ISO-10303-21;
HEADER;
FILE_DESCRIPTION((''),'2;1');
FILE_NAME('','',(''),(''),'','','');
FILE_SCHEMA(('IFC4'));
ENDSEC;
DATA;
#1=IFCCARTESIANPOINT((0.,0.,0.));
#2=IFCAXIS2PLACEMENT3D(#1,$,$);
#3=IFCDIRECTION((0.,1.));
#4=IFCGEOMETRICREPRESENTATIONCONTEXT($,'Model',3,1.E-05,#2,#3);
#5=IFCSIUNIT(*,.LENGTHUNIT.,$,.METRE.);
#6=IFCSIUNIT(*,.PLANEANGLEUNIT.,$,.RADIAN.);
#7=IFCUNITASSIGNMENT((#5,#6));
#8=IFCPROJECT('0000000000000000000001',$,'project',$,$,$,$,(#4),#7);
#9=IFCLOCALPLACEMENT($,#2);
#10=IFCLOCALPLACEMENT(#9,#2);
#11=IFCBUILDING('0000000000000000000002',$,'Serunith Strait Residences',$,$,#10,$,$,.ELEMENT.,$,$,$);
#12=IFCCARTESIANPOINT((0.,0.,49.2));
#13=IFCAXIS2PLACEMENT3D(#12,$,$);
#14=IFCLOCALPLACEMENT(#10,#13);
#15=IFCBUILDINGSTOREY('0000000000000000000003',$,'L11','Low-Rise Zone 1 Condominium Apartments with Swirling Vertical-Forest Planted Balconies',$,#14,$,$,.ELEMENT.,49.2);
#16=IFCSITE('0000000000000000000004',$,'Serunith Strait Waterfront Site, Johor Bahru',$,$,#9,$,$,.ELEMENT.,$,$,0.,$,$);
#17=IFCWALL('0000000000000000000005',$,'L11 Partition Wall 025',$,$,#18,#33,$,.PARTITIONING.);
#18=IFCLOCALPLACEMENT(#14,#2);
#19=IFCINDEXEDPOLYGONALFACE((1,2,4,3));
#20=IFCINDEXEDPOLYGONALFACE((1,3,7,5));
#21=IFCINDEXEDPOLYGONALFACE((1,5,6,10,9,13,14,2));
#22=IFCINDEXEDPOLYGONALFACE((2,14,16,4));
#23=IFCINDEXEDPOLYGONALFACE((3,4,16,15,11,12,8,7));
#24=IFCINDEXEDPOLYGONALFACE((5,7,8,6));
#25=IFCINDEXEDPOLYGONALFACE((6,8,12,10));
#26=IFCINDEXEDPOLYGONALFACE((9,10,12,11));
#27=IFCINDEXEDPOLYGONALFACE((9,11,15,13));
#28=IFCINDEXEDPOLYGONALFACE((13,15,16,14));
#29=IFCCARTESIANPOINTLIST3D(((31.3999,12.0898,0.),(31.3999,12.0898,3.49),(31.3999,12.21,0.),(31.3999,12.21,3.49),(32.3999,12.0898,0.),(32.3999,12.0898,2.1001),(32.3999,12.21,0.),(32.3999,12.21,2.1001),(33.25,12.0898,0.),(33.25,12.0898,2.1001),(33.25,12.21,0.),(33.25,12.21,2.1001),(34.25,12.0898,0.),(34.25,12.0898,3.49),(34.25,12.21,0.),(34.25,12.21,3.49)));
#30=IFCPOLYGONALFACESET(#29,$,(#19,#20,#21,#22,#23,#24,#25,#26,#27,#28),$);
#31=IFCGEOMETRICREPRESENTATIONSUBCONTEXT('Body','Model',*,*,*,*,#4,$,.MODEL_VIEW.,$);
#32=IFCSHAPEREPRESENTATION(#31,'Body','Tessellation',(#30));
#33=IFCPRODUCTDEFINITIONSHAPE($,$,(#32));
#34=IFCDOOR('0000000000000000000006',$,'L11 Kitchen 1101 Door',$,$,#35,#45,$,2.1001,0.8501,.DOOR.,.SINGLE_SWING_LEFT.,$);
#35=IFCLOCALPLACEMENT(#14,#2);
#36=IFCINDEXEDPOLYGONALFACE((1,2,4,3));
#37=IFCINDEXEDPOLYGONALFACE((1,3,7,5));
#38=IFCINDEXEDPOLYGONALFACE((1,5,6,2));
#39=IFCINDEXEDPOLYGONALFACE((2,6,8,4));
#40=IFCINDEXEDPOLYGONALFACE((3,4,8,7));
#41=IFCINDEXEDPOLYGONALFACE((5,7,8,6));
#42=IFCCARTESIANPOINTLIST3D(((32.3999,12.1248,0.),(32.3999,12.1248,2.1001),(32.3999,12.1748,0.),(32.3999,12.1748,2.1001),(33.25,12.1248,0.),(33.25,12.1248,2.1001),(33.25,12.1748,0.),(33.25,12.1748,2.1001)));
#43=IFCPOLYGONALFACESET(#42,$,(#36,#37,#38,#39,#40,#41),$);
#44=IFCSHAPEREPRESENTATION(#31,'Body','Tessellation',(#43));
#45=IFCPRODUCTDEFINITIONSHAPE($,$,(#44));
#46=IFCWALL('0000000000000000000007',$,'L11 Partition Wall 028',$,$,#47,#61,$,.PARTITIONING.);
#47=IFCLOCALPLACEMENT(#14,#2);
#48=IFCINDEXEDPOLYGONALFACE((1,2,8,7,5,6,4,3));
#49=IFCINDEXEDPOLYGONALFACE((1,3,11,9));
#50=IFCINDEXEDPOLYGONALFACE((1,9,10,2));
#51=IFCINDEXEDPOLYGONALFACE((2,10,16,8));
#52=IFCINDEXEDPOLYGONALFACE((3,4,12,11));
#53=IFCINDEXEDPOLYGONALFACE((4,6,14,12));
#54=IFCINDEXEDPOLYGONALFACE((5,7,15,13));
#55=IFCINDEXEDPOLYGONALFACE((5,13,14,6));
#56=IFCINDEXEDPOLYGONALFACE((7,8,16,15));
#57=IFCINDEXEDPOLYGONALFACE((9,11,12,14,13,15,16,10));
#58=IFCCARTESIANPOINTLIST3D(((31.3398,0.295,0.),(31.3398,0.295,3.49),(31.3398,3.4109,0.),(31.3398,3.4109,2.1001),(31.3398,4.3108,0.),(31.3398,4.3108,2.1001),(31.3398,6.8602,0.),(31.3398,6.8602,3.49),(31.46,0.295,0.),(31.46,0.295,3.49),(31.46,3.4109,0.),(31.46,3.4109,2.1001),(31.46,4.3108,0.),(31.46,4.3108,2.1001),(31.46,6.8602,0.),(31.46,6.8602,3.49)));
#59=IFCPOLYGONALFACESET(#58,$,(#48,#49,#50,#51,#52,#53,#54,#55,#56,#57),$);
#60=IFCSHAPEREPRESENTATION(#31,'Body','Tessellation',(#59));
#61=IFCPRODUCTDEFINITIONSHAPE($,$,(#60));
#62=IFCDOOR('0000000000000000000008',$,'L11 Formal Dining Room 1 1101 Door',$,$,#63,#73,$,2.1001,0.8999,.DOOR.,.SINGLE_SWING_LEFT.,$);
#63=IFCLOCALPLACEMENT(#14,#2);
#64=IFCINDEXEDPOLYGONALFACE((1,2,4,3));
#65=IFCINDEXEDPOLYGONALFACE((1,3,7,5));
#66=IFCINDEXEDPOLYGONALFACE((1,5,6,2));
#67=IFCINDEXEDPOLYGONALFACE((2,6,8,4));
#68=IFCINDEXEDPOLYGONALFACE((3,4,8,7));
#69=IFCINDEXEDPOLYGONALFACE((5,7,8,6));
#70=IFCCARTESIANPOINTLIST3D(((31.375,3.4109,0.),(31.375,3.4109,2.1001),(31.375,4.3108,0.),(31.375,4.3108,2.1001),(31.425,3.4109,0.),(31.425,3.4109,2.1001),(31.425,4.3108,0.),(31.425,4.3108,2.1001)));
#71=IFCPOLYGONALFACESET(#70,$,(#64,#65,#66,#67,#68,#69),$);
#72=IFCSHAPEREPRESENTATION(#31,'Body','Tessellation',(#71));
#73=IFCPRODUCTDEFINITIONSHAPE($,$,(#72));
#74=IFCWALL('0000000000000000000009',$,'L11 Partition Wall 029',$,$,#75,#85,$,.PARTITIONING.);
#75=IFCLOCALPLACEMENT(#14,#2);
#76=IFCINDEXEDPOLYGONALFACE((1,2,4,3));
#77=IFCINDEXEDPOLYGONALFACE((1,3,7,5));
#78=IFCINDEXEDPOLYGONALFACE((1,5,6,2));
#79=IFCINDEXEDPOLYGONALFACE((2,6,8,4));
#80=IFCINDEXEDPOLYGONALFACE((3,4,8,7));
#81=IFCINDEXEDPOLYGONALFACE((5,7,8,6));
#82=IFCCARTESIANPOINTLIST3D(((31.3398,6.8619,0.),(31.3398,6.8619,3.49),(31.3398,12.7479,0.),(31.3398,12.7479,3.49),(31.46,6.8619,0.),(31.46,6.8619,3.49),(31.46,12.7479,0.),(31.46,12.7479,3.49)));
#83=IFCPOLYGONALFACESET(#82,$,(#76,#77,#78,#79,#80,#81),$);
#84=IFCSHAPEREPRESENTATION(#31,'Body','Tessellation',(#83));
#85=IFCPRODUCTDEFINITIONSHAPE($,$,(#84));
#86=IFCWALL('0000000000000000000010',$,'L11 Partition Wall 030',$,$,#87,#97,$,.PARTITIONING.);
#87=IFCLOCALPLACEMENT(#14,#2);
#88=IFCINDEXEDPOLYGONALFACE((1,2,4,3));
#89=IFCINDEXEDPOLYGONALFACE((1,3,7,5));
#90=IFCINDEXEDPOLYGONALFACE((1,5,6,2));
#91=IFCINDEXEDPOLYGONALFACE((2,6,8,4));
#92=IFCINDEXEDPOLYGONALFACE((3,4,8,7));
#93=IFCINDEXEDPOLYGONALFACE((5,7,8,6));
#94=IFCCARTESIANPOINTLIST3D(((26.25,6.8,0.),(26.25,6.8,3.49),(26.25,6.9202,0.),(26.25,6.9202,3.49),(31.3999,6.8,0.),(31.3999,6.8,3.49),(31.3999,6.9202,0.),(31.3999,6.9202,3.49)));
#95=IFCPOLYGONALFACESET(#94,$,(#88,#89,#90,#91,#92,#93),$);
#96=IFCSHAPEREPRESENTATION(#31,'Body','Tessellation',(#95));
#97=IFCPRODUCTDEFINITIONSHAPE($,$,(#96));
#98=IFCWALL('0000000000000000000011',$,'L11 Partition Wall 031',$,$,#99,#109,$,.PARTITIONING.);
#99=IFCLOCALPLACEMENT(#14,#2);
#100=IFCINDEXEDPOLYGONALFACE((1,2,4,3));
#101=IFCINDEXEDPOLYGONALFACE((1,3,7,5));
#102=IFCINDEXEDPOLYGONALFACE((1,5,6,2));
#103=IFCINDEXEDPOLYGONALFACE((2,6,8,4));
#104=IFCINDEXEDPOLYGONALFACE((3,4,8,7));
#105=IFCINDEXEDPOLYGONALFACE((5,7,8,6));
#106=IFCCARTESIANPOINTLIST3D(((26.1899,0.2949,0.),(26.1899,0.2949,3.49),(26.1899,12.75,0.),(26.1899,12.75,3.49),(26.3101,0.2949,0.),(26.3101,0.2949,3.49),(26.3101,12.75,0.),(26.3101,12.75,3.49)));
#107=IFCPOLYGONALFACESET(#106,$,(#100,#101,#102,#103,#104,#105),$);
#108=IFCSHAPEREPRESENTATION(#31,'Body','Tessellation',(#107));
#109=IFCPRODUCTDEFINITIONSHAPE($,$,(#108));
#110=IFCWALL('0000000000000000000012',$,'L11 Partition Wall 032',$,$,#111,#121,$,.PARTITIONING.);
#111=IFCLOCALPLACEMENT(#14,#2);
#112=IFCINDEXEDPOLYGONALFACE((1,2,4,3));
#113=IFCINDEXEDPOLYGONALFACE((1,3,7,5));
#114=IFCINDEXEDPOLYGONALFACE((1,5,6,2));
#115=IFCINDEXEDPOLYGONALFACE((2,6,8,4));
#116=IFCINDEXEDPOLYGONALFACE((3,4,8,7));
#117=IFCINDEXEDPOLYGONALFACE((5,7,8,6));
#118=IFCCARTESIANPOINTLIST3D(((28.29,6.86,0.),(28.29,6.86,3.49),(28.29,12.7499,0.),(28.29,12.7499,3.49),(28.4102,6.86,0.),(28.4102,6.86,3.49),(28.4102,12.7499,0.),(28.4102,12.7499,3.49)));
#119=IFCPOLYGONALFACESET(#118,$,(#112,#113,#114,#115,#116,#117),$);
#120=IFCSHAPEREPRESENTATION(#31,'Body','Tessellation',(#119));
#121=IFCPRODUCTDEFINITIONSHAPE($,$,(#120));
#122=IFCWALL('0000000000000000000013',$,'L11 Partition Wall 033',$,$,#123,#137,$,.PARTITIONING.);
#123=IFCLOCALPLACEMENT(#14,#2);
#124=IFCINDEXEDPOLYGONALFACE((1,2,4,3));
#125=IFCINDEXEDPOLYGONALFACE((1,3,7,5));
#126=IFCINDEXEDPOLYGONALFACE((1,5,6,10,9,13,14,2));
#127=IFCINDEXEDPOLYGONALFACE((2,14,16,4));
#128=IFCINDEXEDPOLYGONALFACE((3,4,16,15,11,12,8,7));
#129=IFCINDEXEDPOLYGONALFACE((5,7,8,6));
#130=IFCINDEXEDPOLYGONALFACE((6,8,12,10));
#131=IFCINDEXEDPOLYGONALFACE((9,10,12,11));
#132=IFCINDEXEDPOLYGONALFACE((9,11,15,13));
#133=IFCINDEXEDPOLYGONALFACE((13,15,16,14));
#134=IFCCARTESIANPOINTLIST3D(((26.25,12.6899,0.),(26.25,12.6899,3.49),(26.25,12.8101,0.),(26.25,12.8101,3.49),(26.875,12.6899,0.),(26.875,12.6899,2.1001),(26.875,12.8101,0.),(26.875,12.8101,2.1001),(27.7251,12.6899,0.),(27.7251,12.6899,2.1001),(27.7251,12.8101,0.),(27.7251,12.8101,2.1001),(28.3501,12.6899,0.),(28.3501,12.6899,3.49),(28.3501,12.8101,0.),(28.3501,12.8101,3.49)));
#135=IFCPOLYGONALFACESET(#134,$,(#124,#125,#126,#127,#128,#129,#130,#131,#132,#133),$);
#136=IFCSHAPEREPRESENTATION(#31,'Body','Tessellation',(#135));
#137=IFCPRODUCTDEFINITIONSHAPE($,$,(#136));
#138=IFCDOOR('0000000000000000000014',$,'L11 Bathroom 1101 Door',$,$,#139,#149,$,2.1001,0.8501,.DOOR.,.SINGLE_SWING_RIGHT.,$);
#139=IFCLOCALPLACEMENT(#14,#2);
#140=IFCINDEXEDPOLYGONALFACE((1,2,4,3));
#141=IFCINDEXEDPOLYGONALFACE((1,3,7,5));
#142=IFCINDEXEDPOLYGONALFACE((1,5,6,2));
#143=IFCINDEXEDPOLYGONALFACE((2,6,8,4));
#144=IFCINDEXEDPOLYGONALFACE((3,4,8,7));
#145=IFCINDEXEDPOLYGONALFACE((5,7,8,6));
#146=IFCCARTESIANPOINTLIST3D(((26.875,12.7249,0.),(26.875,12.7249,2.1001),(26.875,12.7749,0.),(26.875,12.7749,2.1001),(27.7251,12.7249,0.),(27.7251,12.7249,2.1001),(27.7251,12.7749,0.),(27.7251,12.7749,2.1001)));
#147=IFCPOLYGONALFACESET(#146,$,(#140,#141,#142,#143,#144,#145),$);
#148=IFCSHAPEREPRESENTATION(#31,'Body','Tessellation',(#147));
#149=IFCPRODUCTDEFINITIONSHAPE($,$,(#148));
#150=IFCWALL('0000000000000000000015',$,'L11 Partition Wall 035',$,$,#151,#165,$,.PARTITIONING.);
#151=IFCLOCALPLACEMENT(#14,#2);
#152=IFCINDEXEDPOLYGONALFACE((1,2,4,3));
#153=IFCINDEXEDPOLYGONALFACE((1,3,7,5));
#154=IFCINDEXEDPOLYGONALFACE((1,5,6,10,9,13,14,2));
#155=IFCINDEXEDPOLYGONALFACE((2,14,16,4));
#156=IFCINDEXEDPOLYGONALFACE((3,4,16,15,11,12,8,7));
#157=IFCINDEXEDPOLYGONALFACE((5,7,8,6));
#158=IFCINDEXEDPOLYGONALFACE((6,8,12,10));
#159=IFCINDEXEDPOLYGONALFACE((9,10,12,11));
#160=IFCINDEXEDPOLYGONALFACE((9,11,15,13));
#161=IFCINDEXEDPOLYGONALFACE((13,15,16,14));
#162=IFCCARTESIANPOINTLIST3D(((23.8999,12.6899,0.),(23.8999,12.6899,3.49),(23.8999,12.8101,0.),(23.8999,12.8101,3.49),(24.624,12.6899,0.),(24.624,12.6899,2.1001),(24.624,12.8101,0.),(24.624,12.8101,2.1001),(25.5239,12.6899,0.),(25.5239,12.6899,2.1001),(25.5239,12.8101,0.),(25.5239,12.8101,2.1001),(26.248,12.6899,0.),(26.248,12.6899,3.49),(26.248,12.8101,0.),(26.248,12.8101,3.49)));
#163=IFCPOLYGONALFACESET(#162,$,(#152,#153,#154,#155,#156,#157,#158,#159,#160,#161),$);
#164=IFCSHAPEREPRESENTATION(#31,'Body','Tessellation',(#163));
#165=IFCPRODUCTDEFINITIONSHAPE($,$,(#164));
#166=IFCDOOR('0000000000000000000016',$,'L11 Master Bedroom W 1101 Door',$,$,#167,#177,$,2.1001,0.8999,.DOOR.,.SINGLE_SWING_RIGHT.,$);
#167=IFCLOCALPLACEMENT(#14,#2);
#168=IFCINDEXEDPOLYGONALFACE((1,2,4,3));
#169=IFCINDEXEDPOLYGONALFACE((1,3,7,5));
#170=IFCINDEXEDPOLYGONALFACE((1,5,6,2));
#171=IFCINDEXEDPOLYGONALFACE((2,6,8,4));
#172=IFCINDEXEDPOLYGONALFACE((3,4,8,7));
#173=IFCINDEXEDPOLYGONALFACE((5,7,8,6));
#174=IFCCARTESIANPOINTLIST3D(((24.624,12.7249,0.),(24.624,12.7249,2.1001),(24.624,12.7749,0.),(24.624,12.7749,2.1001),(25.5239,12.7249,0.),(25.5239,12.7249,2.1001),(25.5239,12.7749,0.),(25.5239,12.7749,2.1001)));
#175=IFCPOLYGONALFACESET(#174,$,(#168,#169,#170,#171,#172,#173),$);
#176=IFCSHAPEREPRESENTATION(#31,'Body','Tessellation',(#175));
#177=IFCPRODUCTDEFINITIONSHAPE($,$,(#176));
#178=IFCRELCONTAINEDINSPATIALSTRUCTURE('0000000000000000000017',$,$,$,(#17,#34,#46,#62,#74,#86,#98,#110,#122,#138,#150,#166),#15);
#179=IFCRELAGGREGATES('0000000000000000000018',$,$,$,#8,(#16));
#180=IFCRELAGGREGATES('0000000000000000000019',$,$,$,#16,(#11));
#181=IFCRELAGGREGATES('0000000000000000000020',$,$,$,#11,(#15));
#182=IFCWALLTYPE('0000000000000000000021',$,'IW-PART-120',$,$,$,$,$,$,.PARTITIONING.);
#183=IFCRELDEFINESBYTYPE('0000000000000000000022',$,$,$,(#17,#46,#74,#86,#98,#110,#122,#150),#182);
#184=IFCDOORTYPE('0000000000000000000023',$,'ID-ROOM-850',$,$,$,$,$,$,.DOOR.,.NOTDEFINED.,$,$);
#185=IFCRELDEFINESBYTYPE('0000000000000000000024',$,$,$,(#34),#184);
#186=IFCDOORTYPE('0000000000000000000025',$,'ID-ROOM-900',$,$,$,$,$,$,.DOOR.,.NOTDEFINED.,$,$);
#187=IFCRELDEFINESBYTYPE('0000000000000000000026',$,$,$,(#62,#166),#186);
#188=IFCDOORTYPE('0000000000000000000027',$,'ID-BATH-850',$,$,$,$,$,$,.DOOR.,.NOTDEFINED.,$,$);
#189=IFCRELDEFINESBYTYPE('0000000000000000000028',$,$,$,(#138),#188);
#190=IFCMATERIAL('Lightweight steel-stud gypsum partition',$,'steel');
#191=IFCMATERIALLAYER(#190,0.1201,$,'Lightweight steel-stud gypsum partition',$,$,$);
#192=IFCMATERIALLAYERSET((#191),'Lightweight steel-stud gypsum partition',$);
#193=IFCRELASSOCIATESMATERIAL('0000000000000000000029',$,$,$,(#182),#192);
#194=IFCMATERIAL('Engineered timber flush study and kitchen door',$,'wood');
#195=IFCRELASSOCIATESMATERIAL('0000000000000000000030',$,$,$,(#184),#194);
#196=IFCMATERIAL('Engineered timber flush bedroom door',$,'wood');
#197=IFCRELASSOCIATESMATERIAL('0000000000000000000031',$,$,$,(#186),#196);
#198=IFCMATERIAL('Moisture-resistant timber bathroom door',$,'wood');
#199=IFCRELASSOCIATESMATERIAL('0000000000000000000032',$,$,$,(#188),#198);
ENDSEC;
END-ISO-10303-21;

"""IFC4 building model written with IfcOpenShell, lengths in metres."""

from ifc_helpers import new_model, si_unit, direction, frame, frame_2d, origin, place, context, subcontext, project, spatial, rectangle, extrude, source, transform, mapped, material, layer, layer_set, type_object, element, fill, save


model = new_model("IFC4")

# Units and contexts
model_context = context("Model", 3, precision=1e-05, world=origin(), true_north=direction((0.0, 1.0)))
body_context = subcontext(model_context, "Body", "Model", "MODEL_VIEW")
ifc_project = project(units=[si_unit("LENGTHUNIT", "METRE"), si_unit("PLANEANGLEUNIT", "RADIAN")], contexts=[model_context])

# Site, building, storey
site_placement = place(None, origin())
site = spatial("IfcSite", under=ifc_project, at=site_placement, Name="Serunith Strait Waterfront Site, Johor Bahru", CompositionType="ELEMENT", RefElevation=0.0)
building_placement = place(site_placement, origin())
building = spatial("IfcBuilding", under=site, at=building_placement, Name="Serunith Strait Residences", CompositionType="ELEMENT")
storey_placement = place(building_placement, frame((0.0, 0.0, 49.2)))
storey = spatial("IfcBuildingStorey", under=building, at=storey_placement, Name="L11", Description="Low-Rise Zone 1 Condominium Apartments with Swirling Vertical-Forest Planted Balconies", CompositionType="ELEMENT", Elevation=49.2)

# Walls, openings, doors
ifc_material_1 = material(Name="Lightweight steel-stud gypsum partition", Category="steel")
ifc_layer_1 = layer(ifc_material_1, 0.1201, Name="Lightweight steel-stud gypsum partition")
ifc_layer_set_1 = layer_set([ifc_layer_1], Name="Lightweight steel-stud gypsum partition")
wall_type = type_object("IfcWallType", Name="IW-PART-120", PredefinedType="PARTITIONING", material=ifc_layer_set_1)
wall_1_placement = place(storey_placement, frame((31.3999, 12.1499, 0.0), z_axis=(0.0, 0.0, 1.0), x_axis=(1.0, 0.0, 0.0)))
wall_1 = element("IfcWall", 1, at=wall_1_placement, inside=storey, type_object=wall_type, Name="L11 Partition Wall 025", PredefinedType="PARTITIONING", context=body_context, shape_type="SweptSolid", body=[
    extrude(rectangle(XDim=2.8501, YDim=0.1201, at=frame_2d((1.425, 0.0))), origin(), (0.0, 0.0, 1.0), 3.49),
])
opening_1_placement = place(wall_1_placement, frame((1.0, 0.0, 0.0)))
opening_1 = element("IfcOpeningElement", 2, at=opening_1_placement, cuts=wall_1, PredefinedType="OPENING", context=body_context, shape_type="SweptSolid", body=[
    extrude(rectangle(XDim=0.8501, YDim=2.1001, at=frame_2d((0.425, 1.05))), frame((0.0, 0.0701, 0.0), z_axis=(0.0, -1.0, 0.0), x_axis=(1.0, 0.0, 0.0)), (0.0, 0.0, 1.0), 0.1401),
])
ifc_material_2 = material(Name="Engineered timber flush study and kitchen door", Category="wood")
door_type_1 = type_object("IfcDoorType", Name="ID-ROOM-850", OperationType="NOTDEFINED", PredefinedType="DOOR", material=ifc_material_2)
shared_shape_1 = source(origin(), body_context, "Body", "SweptSolid", [
    extrude(rectangle(XDim=0.8501, YDim=2.1001, at=frame_2d((0.425, 1.05))), frame((0.0, 0.0249, 0.0), z_axis=(0.0, -1.0, 0.0), x_axis=(1.0, 0.0, 0.0)), (0.0, 0.0, 1.0), 0.05),
])
door_1_placement = place(opening_1_placement, origin())
door_1 = element("IfcDoor", 3, at=door_1_placement, inside=storey, type_object=door_type_1, Name="L11 Kitchen 1101 Door", OperationType="SINGLE_SWING_LEFT", OverallHeight=2.1001, OverallWidth=0.8501, PredefinedType="DOOR", context=body_context, shape_type="MappedRepresentation", body=[
    mapped(shared_shape_1, transform((0.0, 0.0, 0.0), scale=1.0)),
])
fill(opening_1, door_1)
wall_2_placement = place(storey_placement, frame((31.3999, 0.2949, 0.0), z_axis=(0.0, 0.0, 1.0), x_axis=(0.0, 1.0, 0.0)))
wall_2 = element("IfcWall", 4, at=wall_2_placement, inside=storey, type_object=wall_type, Name="L11 Partition Wall 028", PredefinedType="PARTITIONING", context=body_context, shape_type="SweptSolid", body=[
    extrude(rectangle(XDim=6.5652, YDim=0.1201, at=frame_2d((3.2827, 0.0))), origin(), (0.0, 0.0, 1.0), 3.49),
])
opening_2_placement = place(wall_2_placement, frame((3.116, 0.0, 0.0)))
opening_2 = element("IfcOpeningElement", 5, at=opening_2_placement, cuts=wall_2, PredefinedType="OPENING", context=body_context, shape_type="SweptSolid", body=[
    extrude(rectangle(XDim=0.8999, YDim=2.1001, at=frame_2d((0.45, 1.05))), frame((0.0, 0.0701, 0.0), z_axis=(0.0, -1.0, 0.0), x_axis=(1.0, 0.0, 0.0)), (0.0, 0.0, 1.0), 0.1401),
])
ifc_material_3 = material(Name="Engineered timber flush bedroom door", Category="wood")
door_type_2 = type_object("IfcDoorType", Name="ID-ROOM-900", OperationType="NOTDEFINED", PredefinedType="DOOR", material=ifc_material_3)
shared_shape_2 = source(origin(), body_context, "Body", "SweptSolid", [
    extrude(rectangle(XDim=0.8999, YDim=2.1001, at=frame_2d((0.45, 1.05))), frame((0.0, 0.0249, 0.0), z_axis=(0.0, -1.0, 0.0), x_axis=(1.0, 0.0, 0.0)), (0.0, 0.0, 1.0), 0.05),
])
door_2_placement = place(opening_2_placement, origin())
door_2 = element("IfcDoor", 6, at=door_2_placement, inside=storey, type_object=door_type_2, Name="L11 Formal Dining Room 1 1101 Door", OperationType="SINGLE_SWING_LEFT", OverallHeight=2.1001, OverallWidth=0.8999, PredefinedType="DOOR", context=body_context, shape_type="MappedRepresentation", body=[
    mapped(shared_shape_2, transform((0.0, 0.0, 0.0), scale=1.0)),
])
fill(opening_2, door_2)

# Walls
wall_3_placement = place(storey_placement, frame((31.3999, 6.8621, 0.0), z_axis=(0.0, 0.0, 1.0), x_axis=(0.0, 1.0, 0.0)))
element("IfcWall", 7, at=wall_3_placement, inside=storey, type_object=wall_type, Name="L11 Partition Wall 029", PredefinedType="PARTITIONING", context=body_context, shape_type="SweptSolid", body=[
    extrude(rectangle(XDim=5.886, YDim=0.1201, at=frame_2d((2.9429, 0.0))), origin(), (0.0, 0.0, 1.0), 3.49),
])
wall_4_placement = place(storey_placement, frame((26.25, 6.8601, 0.0), z_axis=(0.0, 0.0, 1.0), x_axis=(1.0, 0.0, 0.0)))
element("IfcWall", 8, at=wall_4_placement, inside=storey, type_object=wall_type, Name="L11 Partition Wall 030", PredefinedType="PARTITIONING", context=body_context, shape_type="SweptSolid", body=[
    extrude(rectangle(XDim=5.1499, YDim=0.1201, at=frame_2d((2.575, 0.0))), origin(), (0.0, 0.0, 1.0), 3.49),
])
wall_5_placement = place(storey_placement, frame((26.25, 0.2949, 0.0), z_axis=(0.0, 0.0, 1.0), x_axis=(0.0, 1.0, 0.0)))
element("IfcWall", 9, at=wall_5_placement, inside=storey, type_object=wall_type, Name="L11 Partition Wall 031", PredefinedType="PARTITIONING", context=body_context, shape_type="SweptSolid", body=[
    extrude(rectangle(XDim=12.4551, YDim=0.1201, at=frame_2d((6.2275, 0.0))), origin(), (0.0, 0.0, 1.0), 3.49),
])
wall_6_placement = place(storey_placement, frame((28.3501, 6.8601, 0.0), z_axis=(0.0, 0.0, 1.0), x_axis=(0.0, 1.0, 0.0)))
element("IfcWall", 10, at=wall_6_placement, inside=storey, type_object=wall_type, Name="L11 Partition Wall 032", PredefinedType="PARTITIONING", context=body_context, shape_type="SweptSolid", body=[
    extrude(rectangle(XDim=5.8899, YDim=0.1201, at=frame_2d((2.9448, 0.0))), origin(), (0.0, 0.0, 1.0), 3.49),
])

# Walls, openings, doors
wall_7_placement = place(storey_placement, frame((26.25, 12.75, 0.0), z_axis=(0.0, 0.0, 1.0), x_axis=(1.0, 0.0, 0.0)))
wall_7 = element("IfcWall", 11, at=wall_7_placement, inside=storey, type_object=wall_type, Name="L11 Partition Wall 033", PredefinedType="PARTITIONING", context=body_context, shape_type="SweptSolid", body=[
    extrude(rectangle(XDim=2.1001, YDim=0.1201, at=frame_2d((1.05, 0.0))), origin(), (0.0, 0.0, 1.0), 3.49),
])
opening_3_placement = place(wall_7_placement, frame((0.625, 0.0, 0.0)))
opening_3 = element("IfcOpeningElement", 12, at=opening_3_placement, cuts=wall_7, PredefinedType="OPENING", context=body_context, shape_type="SweptSolid", body=[
    extrude(rectangle(XDim=0.8501, YDim=2.1001, at=frame_2d((0.425, 1.05))), frame((0.0, 0.0701, 0.0), z_axis=(0.0, -1.0, 0.0), x_axis=(1.0, 0.0, 0.0)), (0.0, 0.0, 1.0), 0.1401),
])
ifc_material_4 = material(Name="Moisture-resistant timber bathroom door", Category="wood")
door_type_3 = type_object("IfcDoorType", Name="ID-BATH-850", OperationType="NOTDEFINED", PredefinedType="DOOR", material=ifc_material_4)
door_3_placement = place(opening_3_placement, origin())
door_3 = element("IfcDoor", 13, at=door_3_placement, inside=storey, type_object=door_type_3, Name="L11 Bathroom 1101 Door", OperationType="SINGLE_SWING_RIGHT", OverallHeight=2.1001, OverallWidth=0.8501, PredefinedType="DOOR", context=body_context, shape_type="MappedRepresentation", body=[
    mapped(shared_shape_1, transform((0.0, 0.0, 0.0), scale=1.0)),
])
fill(opening_3, door_3)
wall_8_placement = place(storey_placement, frame((23.8999, 12.75, 0.0), z_axis=(0.0, 0.0, 1.0), x_axis=(1.0, 0.0, 0.0)))
wall_8 = element("IfcWall", 14, at=wall_8_placement, inside=storey, type_object=wall_type, Name="L11 Partition Wall 035", PredefinedType="PARTITIONING", context=body_context, shape_type="SweptSolid", body=[
    extrude(rectangle(XDim=2.3481, YDim=0.1201, at=frame_2d((1.1741, 0.0))), origin(), (0.0, 0.0, 1.0), 3.49),
])
opening_4_placement = place(wall_8_placement, frame((0.7241, 0.0, 0.0)))
opening_4 = element("IfcOpeningElement", 15, at=opening_4_placement, cuts=wall_8, PredefinedType="OPENING", context=body_context, shape_type="SweptSolid", body=[
    extrude(rectangle(XDim=0.8999, YDim=2.1001, at=frame_2d((0.45, 1.05))), frame((0.0, 0.0701, 0.0), z_axis=(0.0, -1.0, 0.0), x_axis=(1.0, 0.0, 0.0)), (0.0, 0.0, 1.0), 0.1401),
])
door_4_placement = place(opening_4_placement, origin())
door_4 = element("IfcDoor", 16, at=door_4_placement, inside=storey, type_object=door_type_2, Name="L11 Master Bedroom W 1101 Door", OperationType="SINGLE_SWING_RIGHT", OverallHeight=2.1001, OverallWidth=0.8999, PredefinedType="DOOR", context=body_context, shape_type="MappedRepresentation", body=[
    mapped(shared_shape_2, transform((0.0, 0.0, 0.0), scale=1.0)),
])
fill(opening_4, door_4)

save(model, "model.ifc")
